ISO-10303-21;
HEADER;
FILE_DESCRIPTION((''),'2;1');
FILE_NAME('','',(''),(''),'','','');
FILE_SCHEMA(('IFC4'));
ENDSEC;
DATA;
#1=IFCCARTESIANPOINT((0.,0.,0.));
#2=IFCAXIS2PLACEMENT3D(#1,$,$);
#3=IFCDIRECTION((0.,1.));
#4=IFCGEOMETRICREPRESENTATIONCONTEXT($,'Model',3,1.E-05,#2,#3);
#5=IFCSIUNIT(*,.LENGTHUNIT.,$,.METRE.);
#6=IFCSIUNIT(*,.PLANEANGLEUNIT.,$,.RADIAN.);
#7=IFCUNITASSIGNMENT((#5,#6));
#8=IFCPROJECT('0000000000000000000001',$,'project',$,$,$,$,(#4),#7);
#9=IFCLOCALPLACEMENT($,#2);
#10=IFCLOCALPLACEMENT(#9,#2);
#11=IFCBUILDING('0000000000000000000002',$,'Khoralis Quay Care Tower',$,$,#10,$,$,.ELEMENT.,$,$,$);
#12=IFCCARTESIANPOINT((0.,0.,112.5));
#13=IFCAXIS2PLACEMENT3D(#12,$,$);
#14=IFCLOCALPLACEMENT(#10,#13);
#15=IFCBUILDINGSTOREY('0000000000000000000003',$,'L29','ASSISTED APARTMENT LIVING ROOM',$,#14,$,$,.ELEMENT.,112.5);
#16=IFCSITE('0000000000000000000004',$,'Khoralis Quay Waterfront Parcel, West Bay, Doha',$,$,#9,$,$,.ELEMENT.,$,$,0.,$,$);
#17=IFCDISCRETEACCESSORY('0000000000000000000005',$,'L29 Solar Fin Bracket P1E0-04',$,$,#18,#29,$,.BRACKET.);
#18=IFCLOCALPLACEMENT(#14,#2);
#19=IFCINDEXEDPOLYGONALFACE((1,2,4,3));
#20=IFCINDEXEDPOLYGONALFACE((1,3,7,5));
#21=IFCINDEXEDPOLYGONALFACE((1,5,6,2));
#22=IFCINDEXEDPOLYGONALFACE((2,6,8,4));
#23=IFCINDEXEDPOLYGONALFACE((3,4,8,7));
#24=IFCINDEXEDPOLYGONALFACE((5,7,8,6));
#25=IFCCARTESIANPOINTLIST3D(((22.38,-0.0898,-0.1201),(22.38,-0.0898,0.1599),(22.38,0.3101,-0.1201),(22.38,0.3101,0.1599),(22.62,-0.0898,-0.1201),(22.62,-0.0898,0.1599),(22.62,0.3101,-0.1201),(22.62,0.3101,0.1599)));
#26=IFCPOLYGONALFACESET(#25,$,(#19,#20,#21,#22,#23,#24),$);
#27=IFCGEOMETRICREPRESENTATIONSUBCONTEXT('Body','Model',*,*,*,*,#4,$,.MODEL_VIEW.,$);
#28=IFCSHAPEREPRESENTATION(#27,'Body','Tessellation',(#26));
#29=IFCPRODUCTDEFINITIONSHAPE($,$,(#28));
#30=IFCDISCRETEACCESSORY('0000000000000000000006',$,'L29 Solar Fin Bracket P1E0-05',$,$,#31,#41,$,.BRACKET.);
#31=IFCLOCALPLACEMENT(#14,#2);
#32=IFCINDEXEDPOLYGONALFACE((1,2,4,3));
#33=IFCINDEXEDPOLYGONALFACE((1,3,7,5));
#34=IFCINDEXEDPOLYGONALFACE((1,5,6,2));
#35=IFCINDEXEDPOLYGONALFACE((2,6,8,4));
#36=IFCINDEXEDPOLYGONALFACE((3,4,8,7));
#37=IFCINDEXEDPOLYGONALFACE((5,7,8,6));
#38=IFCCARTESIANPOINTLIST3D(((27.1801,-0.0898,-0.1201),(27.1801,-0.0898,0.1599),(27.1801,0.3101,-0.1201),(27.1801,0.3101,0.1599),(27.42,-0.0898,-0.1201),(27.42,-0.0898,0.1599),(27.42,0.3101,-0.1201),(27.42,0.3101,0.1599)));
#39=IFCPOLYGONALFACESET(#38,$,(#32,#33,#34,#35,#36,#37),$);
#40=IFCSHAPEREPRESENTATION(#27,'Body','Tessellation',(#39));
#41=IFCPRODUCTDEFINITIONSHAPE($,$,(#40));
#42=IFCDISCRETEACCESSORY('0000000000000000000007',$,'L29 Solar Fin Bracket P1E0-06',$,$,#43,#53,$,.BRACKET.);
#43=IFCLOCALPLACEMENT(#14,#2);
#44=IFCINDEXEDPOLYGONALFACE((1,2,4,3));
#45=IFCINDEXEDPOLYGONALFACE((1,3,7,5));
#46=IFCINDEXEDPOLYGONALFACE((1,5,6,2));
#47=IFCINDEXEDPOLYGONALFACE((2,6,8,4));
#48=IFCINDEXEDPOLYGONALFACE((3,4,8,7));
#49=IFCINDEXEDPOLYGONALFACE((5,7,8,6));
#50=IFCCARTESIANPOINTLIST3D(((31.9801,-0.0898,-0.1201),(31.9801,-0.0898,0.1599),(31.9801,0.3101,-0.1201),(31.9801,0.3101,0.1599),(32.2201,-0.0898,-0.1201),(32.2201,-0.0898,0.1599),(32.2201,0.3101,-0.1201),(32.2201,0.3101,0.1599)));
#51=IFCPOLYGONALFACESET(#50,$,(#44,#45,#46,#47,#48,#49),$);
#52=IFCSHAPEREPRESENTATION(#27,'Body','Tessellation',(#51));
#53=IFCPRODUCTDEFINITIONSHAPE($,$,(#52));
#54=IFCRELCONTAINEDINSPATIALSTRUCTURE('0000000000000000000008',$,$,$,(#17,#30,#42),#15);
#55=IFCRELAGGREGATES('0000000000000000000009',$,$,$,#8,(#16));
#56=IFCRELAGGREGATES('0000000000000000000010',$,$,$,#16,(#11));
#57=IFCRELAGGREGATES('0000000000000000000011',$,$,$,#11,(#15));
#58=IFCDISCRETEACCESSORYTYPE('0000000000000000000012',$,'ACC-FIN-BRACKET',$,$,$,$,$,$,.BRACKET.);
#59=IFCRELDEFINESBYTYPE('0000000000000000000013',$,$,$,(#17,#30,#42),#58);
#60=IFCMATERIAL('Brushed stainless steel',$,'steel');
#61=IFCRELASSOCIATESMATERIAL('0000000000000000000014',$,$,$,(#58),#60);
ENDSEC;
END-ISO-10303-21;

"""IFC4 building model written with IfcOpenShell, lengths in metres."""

from ifc_helpers import new_model, si_unit, direction, frame, origin, origin_2d, place, context, subcontext, project, spatial, rectangle, extrude, source, transform, mapped, material, type_object, element, save


model = new_model("IFC4")

# Units and contexts
model_context = context("Model", 3, precision=1e-05, world=origin(), true_north=direction((0.0, 1.0)))
body_context = subcontext(model_context, "Body", "Model", "MODEL_VIEW")
ifc_project = project(units=[si_unit("LENGTHUNIT", "METRE"), si_unit("PLANEANGLEUNIT", "RADIAN")], contexts=[model_context])

# Site, building, storey
site_placement = place(None, origin())
site = spatial("IfcSite", under=ifc_project, at=site_placement, Name="Khoralis Quay Waterfront Parcel, West Bay, Doha", CompositionType="ELEMENT", RefElevation=0.0)
building_placement = place(site_placement, origin())
building = spatial("IfcBuilding", under=site, at=building_placement, Name="Khoralis Quay Care Tower", CompositionType="ELEMENT")
storey_placement = place(building_placement, frame((0.0, 0.0, 112.5)))
storey = spatial("IfcBuildingStorey", under=building, at=storey_placement, Name="L29", Description="ASSISTED APARTMENT LIVING ROOM", CompositionType="ELEMENT", Elevation=112.5)

# Discrete accessories
ifc_material_1 = material(Name="Brushed stainless steel", Category="steel")
discrete_accessory_type = type_object("IfcDiscreteAccessoryType", Name="ACC-FIN-BRACKET", PredefinedType="BRACKET", material=ifc_material_1)
shared_shape_1 = source(origin(), body_context, "Body", "SweptSolid", [
    extrude(rectangle(XDim=0.3999, YDim=0.24, at=origin_2d()), origin(), (0.0, 0.0, 1.0), 0.28),
])
for number, where, z_axis, x_axis, name in (
    (1, (22.5, 0.1101, -0.1201), (0.0, 0.0, 1.0), (0.0, -1.0, 0.0), "L29 Solar Fin Bracket P1E0-04"),
    (2, (27.3, 0.1101, -0.1201), (0.0, 0.0, 1.0), (0.0, -1.0, 0.0), "L29 Solar Fin Bracket P1E0-05"),
    (3, (32.1001, 0.1101, -0.1201), (0.0, 0.0, 1.0), (0.0, -1.0, 0.0), "L29 Solar Fin Bracket P1E0-06"),
):
    element("IfcDiscreteAccessory", number, at=place(storey_placement, frame(where, z_axis=z_axis, x_axis=x_axis)), inside=storey, type_object=discrete_accessory_type, Name=name, PredefinedType="BRACKET", context=body_context, shape_type="MappedRepresentation", body=[
        mapped(shared_shape_1, transform((0.0, 0.0, 0.0), scale=1.0)),
    ])

save(model, "model.ifc")
